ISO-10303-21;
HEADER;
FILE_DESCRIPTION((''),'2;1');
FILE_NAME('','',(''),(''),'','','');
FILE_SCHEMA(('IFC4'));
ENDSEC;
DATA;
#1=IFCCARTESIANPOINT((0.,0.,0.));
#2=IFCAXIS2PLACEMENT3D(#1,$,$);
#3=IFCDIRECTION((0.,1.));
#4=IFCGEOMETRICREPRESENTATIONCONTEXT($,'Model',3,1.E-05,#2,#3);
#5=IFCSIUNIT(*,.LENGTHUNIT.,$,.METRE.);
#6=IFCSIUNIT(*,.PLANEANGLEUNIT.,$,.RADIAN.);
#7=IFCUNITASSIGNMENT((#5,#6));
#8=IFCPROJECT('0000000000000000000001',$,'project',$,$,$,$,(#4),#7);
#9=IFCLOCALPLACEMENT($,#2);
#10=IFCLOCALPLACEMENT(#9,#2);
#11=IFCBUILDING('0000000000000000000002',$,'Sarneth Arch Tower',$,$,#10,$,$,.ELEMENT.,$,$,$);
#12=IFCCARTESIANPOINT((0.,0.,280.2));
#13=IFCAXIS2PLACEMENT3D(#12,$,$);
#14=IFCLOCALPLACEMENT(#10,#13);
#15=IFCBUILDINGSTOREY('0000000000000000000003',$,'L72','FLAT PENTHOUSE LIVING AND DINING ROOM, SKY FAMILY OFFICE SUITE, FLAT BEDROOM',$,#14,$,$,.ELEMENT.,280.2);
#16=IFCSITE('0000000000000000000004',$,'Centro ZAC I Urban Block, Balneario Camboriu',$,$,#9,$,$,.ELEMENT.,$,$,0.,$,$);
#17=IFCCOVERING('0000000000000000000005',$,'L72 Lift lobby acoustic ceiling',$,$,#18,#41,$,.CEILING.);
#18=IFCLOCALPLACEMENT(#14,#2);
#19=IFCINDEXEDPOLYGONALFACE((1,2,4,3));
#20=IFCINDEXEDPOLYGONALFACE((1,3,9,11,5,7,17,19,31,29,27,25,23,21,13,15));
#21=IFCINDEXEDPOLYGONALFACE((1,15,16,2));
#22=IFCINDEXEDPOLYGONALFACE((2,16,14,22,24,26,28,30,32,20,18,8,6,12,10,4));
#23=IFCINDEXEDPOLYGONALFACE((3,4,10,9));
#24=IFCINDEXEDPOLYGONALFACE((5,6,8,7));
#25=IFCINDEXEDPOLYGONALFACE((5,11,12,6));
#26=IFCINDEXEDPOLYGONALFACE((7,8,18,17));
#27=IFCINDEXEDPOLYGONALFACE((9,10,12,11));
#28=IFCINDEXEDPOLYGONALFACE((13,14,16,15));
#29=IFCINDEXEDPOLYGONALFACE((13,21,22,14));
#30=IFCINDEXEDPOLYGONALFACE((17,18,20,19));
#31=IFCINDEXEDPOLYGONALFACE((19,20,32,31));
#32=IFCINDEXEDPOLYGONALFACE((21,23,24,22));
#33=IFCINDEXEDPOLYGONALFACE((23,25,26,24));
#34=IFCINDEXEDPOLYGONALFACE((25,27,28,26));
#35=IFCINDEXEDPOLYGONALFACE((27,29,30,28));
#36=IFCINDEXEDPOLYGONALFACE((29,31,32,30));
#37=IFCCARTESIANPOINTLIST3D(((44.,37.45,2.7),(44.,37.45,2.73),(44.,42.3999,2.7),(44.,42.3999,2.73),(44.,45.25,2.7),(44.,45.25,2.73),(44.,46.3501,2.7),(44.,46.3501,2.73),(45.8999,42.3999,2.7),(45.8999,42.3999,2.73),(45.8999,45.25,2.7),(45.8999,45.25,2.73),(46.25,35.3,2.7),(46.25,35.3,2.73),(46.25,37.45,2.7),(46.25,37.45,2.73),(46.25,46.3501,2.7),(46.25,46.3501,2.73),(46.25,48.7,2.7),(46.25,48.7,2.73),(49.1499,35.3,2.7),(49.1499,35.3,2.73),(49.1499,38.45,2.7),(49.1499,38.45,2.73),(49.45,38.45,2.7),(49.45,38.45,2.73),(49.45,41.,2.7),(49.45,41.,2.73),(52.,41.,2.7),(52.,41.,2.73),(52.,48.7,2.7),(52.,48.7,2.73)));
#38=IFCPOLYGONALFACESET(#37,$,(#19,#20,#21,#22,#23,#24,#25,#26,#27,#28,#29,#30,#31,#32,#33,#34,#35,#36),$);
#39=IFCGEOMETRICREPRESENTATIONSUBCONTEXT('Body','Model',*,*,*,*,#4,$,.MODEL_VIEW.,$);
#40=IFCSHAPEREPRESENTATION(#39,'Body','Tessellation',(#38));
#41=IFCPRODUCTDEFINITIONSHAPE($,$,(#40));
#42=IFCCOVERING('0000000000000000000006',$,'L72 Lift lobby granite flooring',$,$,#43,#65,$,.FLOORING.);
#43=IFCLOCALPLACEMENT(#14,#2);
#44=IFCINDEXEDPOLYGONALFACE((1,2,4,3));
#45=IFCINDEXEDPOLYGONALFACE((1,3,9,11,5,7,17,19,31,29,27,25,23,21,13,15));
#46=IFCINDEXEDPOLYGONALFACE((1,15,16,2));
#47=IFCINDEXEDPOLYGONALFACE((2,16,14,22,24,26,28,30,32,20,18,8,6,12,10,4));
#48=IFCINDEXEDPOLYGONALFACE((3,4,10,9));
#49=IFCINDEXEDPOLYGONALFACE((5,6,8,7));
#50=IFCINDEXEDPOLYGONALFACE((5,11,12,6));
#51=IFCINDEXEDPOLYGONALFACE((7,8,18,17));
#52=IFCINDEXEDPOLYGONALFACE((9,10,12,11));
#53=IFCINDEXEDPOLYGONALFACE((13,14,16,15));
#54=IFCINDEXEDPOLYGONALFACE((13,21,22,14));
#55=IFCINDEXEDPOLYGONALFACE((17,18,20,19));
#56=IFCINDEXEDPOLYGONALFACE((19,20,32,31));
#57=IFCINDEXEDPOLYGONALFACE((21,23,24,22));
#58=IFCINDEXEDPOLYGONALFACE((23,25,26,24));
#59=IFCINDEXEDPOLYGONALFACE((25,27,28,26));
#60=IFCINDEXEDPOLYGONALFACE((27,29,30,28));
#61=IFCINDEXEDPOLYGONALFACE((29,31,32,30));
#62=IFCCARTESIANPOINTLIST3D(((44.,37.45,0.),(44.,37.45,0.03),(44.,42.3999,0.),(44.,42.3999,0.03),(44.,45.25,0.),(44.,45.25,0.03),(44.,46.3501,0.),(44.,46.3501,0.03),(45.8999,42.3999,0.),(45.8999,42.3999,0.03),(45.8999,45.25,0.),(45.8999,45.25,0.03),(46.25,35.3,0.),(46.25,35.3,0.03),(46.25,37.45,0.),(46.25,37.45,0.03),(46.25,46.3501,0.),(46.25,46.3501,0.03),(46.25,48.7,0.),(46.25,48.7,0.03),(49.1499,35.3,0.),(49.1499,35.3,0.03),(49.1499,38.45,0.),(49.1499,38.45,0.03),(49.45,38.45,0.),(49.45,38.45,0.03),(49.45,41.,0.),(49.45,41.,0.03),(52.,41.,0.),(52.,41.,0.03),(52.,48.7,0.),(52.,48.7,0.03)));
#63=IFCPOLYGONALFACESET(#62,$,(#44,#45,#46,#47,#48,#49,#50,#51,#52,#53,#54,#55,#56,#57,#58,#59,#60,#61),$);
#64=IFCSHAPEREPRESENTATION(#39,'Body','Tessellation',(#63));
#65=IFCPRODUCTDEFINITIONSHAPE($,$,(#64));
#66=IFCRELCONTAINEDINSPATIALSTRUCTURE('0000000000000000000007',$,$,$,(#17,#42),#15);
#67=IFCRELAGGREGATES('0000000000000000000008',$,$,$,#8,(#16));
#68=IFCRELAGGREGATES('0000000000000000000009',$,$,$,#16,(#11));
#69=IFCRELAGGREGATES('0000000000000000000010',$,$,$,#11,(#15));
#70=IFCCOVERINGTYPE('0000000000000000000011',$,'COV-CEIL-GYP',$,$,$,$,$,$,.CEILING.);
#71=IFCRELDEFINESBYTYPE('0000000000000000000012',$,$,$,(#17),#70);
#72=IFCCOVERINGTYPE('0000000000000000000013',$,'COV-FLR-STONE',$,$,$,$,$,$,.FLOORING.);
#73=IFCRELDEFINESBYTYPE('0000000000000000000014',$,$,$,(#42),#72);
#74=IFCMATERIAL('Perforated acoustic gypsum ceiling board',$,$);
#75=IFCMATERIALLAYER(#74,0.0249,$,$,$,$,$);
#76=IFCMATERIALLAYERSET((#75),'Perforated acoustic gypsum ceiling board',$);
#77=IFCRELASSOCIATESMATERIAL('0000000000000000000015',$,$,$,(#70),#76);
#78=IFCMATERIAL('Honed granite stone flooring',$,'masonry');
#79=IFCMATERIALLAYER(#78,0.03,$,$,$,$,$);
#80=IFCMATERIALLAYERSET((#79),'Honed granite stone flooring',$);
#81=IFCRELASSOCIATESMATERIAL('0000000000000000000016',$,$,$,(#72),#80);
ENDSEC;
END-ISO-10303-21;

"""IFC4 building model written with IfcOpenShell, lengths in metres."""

from ifc_helpers import new_model, si_unit, direction, frame, origin, place, context, subcontext, project, spatial, polyline, outline, extrude, material, layer, layer_set, type_object, element, save


model = new_model("IFC4")

# Units and contexts
model_context = context("Model", 3, precision=1e-05, world=origin(), true_north=direction((0.0, 1.0)))
body_context = subcontext(model_context, "Body", "Model", "MODEL_VIEW")
ifc_project = project(units=[si_unit("LENGTHUNIT", "METRE"), si_unit("PLANEANGLEUNIT", "RADIAN")], contexts=[model_context])

# Site, building, storey
site_placement = place(None, origin())
site = spatial("IfcSite", under=ifc_project, at=site_placement, Name="Centro ZAC I Urban Block, Balneario Camboriu", CompositionType="ELEMENT", RefElevation=0.0)
building_placement = place(site_placement, origin())
building = spatial("IfcBuilding", under=site, at=building_placement, Name="Sarneth Arch Tower", CompositionType="ELEMENT")
storey_placement = place(building_placement, frame((0.0, 0.0, 280.2)))
storey = spatial("IfcBuildingStorey", under=building, at=storey_placement, Name="L72", Description="FLAT PENTHOUSE LIVING AND DINING ROOM, SKY FAMILY OFFICE SUITE, FLAT BEDROOM", CompositionType="ELEMENT", Elevation=280.2)

# Coverings
ifc_material_1 = material(Name="Perforated acoustic gypsum ceiling board")
ifc_layer_1 = layer(ifc_material_1, 0.0249)
ifc_layer_set_1 = layer_set([ifc_layer_1], Name="Perforated acoustic gypsum ceiling board")
covering_type_1 = type_object("IfcCoveringType", Name="COV-CEIL-GYP", PredefinedType="CEILING", material=ifc_layer_set_1)
covering_1_placement = place(storey_placement, frame((0.0, 0.0, 2.7)))
element("IfcCovering", 1, at=covering_1_placement, inside=storey, type_object=covering_type_1, Name="L72 Lift lobby acoustic ceiling", PredefinedType="CEILING", context=body_context, shape_type="SweptSolid", body=[
    extrude(outline(polyline([(49.45, 41.0), (49.45, 38.45), (49.1499, 38.45), (49.1499, 35.3), (46.25, 35.3), (46.25, 37.45), (44.0, 37.45), (44.0, 42.3999), (45.8999, 42.3999), (45.8999, 45.25), (44.0, 45.25), (44.0, 46.3501), (46.25, 46.3501), (46.25, 48.7), (52.0, 48.7), (52.0, 41.0), (49.45, 41.0)])), origin(), (0.0, 0.0, 1.0), 0.03),
])
ifc_material_2 = material(Name="Honed granite stone flooring", Category="masonry")
ifc_layer_2 = layer(ifc_material_2, 0.03)
ifc_layer_set_2 = layer_set([ifc_layer_2], Name="Honed granite stone flooring")
covering_type_2 = type_object("IfcCoveringType", Name="COV-FLR-STONE", PredefinedType="FLOORING", material=ifc_layer_set_2)
covering_2_placement = place(storey_placement, origin())
element("IfcCovering", 2, at=covering_2_placement, inside=storey, type_object=covering_type_2, Name="L72 Lift lobby granite flooring", PredefinedType="FLOORING", context=body_context, shape_type="SweptSolid", body=[
    extrude(outline(polyline([(49.45, 41.0), (49.45, 38.45), (49.1499, 38.45), (49.1499, 35.3), (46.25, 35.3), (46.25, 37.45), (44.0, 37.45), (44.0, 42.3999), (45.8999, 42.3999), (45.8999, 45.25), (44.0, 45.25), (44.0, 46.3501), (46.25, 46.3501), (46.25, 48.7), (52.0, 48.7), (52.0, 41.0), (49.45, 41.0)])), origin(), (0.0, 0.0, 1.0), 0.03),
])

save(model, "model.ifc")
